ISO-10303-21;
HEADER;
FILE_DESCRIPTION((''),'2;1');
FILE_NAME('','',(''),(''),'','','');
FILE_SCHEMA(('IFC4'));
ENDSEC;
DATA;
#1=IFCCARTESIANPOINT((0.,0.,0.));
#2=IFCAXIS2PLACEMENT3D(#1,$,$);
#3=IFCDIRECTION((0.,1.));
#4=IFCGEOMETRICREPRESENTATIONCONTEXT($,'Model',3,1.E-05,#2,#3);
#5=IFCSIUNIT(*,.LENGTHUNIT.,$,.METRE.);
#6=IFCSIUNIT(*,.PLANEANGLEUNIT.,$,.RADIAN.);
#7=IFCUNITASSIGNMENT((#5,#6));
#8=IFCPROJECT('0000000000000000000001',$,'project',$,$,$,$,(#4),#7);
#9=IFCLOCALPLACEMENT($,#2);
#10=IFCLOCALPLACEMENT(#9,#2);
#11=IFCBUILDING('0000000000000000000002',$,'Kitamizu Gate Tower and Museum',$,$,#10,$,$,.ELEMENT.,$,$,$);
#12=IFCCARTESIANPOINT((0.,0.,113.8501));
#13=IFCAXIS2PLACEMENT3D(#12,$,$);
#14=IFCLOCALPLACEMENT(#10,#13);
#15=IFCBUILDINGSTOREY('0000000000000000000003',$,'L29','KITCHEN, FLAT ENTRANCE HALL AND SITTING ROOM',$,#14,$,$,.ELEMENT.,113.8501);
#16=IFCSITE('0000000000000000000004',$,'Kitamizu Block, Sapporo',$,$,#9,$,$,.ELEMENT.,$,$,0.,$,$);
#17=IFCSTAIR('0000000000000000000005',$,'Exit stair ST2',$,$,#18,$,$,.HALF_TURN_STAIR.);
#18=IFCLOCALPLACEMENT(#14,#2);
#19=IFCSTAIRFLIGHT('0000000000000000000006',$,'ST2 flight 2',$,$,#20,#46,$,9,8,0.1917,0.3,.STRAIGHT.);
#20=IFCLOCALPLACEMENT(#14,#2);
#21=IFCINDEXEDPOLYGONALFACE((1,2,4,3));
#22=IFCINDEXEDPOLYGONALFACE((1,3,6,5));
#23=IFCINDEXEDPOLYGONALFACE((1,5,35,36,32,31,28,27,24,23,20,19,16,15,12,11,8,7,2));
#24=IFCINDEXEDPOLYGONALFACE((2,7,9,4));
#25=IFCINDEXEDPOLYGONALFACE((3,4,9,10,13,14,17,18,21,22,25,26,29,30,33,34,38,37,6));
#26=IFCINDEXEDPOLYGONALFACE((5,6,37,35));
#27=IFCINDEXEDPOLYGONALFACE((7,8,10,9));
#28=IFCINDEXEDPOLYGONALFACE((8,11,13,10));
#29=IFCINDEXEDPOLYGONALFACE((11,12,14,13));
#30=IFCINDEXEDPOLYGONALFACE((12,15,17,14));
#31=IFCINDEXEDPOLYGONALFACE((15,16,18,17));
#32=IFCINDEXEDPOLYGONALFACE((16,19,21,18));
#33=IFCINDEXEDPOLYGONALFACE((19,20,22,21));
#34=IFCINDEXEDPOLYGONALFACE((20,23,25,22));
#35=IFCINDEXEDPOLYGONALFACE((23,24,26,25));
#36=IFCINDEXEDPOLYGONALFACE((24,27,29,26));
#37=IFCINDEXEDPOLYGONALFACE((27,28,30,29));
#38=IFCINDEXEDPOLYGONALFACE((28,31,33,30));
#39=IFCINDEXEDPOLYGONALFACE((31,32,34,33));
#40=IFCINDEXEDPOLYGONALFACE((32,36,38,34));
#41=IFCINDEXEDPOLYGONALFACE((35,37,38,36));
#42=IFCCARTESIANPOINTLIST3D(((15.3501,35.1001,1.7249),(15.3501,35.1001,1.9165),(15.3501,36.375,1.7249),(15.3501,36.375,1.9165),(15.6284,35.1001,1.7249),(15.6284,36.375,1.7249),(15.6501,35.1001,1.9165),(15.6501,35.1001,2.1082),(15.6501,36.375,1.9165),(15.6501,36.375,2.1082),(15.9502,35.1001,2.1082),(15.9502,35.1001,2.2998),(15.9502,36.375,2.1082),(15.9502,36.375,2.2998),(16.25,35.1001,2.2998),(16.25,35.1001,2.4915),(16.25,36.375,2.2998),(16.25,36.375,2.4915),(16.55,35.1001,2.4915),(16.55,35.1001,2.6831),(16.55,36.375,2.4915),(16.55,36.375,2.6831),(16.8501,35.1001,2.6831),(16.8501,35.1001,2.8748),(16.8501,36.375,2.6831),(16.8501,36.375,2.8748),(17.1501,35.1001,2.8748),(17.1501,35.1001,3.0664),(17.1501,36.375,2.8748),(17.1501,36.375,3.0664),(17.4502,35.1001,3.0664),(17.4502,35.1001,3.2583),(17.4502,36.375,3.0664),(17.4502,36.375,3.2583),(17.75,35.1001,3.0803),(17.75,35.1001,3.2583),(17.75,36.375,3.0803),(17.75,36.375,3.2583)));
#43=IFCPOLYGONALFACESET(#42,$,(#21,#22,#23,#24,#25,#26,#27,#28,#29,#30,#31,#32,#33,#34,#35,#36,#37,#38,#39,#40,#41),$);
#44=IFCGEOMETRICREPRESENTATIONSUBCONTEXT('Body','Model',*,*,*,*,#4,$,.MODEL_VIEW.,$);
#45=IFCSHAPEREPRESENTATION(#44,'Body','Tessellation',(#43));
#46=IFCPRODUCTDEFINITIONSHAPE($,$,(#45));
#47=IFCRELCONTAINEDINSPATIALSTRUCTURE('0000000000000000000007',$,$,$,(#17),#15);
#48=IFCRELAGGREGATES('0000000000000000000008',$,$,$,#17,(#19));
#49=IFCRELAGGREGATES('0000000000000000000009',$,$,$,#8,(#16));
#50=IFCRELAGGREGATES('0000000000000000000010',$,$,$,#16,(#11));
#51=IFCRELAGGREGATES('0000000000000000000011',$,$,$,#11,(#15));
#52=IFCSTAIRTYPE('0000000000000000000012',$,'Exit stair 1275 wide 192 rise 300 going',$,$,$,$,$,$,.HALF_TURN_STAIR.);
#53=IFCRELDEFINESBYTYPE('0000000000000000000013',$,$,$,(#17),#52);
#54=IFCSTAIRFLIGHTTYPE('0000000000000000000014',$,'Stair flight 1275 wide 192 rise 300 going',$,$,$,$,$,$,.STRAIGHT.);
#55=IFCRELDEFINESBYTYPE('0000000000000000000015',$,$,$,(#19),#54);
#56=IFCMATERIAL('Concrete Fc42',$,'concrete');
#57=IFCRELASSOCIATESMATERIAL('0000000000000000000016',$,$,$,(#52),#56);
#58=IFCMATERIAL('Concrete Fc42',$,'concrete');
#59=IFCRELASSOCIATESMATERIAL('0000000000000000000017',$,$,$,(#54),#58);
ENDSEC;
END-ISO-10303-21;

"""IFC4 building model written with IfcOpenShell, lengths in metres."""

from ifc_helpers import new_model, si_unit, direction, frame, origin, place, context, subcontext, project, spatial, polyline, outline, extrude, material, type_object, element, aggregate, save


model = new_model("IFC4")

# Units and contexts
model_context = context("Model", 3, precision=1e-05, world=origin(), true_north=direction((0.0, 1.0)))
body_context = subcontext(model_context, "Body", "Model", "MODEL_VIEW")
ifc_project = project(units=[si_unit("LENGTHUNIT", "METRE"), si_unit("PLANEANGLEUNIT", "RADIAN")], contexts=[model_context])

# Site, building, storey
site_placement = place(None, origin())
site = spatial("IfcSite", under=ifc_project, at=site_placement, Name="Kitamizu Block, Sapporo", CompositionType="ELEMENT", RefElevation=0.0)
building_placement = place(site_placement, origin())
building = spatial("IfcBuilding", under=site, at=building_placement, Name="Kitamizu Gate Tower and Museum", CompositionType="ELEMENT")
storey_placement = place(building_placement, frame((0.0, 0.0, 113.8501)))
storey = spatial("IfcBuildingStorey", under=building, at=storey_placement, Name="L29", Description="KITCHEN, FLAT ENTRANCE HALL AND SITTING ROOM", CompositionType="ELEMENT", Elevation=113.8501)

# Stair, stair flight
ifc_material_1 = material(Name="Concrete Fc42", Category="concrete")
stair_type = type_object("IfcStairType", Name="Exit stair 1275 wide 192 rise 300 going", PredefinedType="HALF_TURN_STAIR", material=ifc_material_1)
stair_placement = place(storey_placement, origin())
stair = element("IfcStair", 1, at=stair_placement, inside=storey, type_object=stair_type, Name="Exit stair ST2", PredefinedType="HALF_TURN_STAIR")
ifc_material_2 = material(Name="Concrete Fc42", Category="concrete")
stair_flight_type = type_object("IfcStairFlightType", Name="Stair flight 1275 wide 192 rise 300 going", PredefinedType="STRAIGHT", material=ifc_material_2)
stair_flight_1_placement = place(storey_placement, frame((15.3501, 35.7375, 1.7249), z_axis=(0.0, 0.0, 1.0), x_axis=(1.0, 0.0, 0.0)))
stair_flight_1 = element("IfcStairFlight", 2, at=stair_flight_1_placement, type_object=stair_flight_type, Name="ST2 flight 2", NumberOfRisers=9, NumberOfTreads=8, PredefinedType="STRAIGHT", RiserHeight=0.1917, TreadLength=0.3, context=body_context, shape_type="SweptSolid", body=[
    extrude(outline(polyline([(0.0, 0.0), (0.0, 0.1917), (0.3, 0.1917), (0.3, 0.3833), (0.6001, 0.3833), (0.6001, 0.575), (0.8999, 0.575), (0.8999, 0.7666), (1.2, 0.7666), (1.2, 0.9583), (1.5, 0.9583), (1.5, 1.1499), (1.8, 1.1499), (1.8, 1.3416), (2.1001, 1.3416), (2.1001, 1.5334), (2.3999, 1.5334), (2.3999, 1.7251), (2.3999, 1.3555), (0.2783, 0.0), (0.0, 0.0)])), frame((0.0, 0.6375, 0.0), z_axis=(0.0, -1.0, 0.0), x_axis=(1.0, 0.0, 0.0)), (0.0, 0.0, 1.0), 1.2749),
])
aggregate(stair, [stair_flight_1])

save(model, "model.ifc")
